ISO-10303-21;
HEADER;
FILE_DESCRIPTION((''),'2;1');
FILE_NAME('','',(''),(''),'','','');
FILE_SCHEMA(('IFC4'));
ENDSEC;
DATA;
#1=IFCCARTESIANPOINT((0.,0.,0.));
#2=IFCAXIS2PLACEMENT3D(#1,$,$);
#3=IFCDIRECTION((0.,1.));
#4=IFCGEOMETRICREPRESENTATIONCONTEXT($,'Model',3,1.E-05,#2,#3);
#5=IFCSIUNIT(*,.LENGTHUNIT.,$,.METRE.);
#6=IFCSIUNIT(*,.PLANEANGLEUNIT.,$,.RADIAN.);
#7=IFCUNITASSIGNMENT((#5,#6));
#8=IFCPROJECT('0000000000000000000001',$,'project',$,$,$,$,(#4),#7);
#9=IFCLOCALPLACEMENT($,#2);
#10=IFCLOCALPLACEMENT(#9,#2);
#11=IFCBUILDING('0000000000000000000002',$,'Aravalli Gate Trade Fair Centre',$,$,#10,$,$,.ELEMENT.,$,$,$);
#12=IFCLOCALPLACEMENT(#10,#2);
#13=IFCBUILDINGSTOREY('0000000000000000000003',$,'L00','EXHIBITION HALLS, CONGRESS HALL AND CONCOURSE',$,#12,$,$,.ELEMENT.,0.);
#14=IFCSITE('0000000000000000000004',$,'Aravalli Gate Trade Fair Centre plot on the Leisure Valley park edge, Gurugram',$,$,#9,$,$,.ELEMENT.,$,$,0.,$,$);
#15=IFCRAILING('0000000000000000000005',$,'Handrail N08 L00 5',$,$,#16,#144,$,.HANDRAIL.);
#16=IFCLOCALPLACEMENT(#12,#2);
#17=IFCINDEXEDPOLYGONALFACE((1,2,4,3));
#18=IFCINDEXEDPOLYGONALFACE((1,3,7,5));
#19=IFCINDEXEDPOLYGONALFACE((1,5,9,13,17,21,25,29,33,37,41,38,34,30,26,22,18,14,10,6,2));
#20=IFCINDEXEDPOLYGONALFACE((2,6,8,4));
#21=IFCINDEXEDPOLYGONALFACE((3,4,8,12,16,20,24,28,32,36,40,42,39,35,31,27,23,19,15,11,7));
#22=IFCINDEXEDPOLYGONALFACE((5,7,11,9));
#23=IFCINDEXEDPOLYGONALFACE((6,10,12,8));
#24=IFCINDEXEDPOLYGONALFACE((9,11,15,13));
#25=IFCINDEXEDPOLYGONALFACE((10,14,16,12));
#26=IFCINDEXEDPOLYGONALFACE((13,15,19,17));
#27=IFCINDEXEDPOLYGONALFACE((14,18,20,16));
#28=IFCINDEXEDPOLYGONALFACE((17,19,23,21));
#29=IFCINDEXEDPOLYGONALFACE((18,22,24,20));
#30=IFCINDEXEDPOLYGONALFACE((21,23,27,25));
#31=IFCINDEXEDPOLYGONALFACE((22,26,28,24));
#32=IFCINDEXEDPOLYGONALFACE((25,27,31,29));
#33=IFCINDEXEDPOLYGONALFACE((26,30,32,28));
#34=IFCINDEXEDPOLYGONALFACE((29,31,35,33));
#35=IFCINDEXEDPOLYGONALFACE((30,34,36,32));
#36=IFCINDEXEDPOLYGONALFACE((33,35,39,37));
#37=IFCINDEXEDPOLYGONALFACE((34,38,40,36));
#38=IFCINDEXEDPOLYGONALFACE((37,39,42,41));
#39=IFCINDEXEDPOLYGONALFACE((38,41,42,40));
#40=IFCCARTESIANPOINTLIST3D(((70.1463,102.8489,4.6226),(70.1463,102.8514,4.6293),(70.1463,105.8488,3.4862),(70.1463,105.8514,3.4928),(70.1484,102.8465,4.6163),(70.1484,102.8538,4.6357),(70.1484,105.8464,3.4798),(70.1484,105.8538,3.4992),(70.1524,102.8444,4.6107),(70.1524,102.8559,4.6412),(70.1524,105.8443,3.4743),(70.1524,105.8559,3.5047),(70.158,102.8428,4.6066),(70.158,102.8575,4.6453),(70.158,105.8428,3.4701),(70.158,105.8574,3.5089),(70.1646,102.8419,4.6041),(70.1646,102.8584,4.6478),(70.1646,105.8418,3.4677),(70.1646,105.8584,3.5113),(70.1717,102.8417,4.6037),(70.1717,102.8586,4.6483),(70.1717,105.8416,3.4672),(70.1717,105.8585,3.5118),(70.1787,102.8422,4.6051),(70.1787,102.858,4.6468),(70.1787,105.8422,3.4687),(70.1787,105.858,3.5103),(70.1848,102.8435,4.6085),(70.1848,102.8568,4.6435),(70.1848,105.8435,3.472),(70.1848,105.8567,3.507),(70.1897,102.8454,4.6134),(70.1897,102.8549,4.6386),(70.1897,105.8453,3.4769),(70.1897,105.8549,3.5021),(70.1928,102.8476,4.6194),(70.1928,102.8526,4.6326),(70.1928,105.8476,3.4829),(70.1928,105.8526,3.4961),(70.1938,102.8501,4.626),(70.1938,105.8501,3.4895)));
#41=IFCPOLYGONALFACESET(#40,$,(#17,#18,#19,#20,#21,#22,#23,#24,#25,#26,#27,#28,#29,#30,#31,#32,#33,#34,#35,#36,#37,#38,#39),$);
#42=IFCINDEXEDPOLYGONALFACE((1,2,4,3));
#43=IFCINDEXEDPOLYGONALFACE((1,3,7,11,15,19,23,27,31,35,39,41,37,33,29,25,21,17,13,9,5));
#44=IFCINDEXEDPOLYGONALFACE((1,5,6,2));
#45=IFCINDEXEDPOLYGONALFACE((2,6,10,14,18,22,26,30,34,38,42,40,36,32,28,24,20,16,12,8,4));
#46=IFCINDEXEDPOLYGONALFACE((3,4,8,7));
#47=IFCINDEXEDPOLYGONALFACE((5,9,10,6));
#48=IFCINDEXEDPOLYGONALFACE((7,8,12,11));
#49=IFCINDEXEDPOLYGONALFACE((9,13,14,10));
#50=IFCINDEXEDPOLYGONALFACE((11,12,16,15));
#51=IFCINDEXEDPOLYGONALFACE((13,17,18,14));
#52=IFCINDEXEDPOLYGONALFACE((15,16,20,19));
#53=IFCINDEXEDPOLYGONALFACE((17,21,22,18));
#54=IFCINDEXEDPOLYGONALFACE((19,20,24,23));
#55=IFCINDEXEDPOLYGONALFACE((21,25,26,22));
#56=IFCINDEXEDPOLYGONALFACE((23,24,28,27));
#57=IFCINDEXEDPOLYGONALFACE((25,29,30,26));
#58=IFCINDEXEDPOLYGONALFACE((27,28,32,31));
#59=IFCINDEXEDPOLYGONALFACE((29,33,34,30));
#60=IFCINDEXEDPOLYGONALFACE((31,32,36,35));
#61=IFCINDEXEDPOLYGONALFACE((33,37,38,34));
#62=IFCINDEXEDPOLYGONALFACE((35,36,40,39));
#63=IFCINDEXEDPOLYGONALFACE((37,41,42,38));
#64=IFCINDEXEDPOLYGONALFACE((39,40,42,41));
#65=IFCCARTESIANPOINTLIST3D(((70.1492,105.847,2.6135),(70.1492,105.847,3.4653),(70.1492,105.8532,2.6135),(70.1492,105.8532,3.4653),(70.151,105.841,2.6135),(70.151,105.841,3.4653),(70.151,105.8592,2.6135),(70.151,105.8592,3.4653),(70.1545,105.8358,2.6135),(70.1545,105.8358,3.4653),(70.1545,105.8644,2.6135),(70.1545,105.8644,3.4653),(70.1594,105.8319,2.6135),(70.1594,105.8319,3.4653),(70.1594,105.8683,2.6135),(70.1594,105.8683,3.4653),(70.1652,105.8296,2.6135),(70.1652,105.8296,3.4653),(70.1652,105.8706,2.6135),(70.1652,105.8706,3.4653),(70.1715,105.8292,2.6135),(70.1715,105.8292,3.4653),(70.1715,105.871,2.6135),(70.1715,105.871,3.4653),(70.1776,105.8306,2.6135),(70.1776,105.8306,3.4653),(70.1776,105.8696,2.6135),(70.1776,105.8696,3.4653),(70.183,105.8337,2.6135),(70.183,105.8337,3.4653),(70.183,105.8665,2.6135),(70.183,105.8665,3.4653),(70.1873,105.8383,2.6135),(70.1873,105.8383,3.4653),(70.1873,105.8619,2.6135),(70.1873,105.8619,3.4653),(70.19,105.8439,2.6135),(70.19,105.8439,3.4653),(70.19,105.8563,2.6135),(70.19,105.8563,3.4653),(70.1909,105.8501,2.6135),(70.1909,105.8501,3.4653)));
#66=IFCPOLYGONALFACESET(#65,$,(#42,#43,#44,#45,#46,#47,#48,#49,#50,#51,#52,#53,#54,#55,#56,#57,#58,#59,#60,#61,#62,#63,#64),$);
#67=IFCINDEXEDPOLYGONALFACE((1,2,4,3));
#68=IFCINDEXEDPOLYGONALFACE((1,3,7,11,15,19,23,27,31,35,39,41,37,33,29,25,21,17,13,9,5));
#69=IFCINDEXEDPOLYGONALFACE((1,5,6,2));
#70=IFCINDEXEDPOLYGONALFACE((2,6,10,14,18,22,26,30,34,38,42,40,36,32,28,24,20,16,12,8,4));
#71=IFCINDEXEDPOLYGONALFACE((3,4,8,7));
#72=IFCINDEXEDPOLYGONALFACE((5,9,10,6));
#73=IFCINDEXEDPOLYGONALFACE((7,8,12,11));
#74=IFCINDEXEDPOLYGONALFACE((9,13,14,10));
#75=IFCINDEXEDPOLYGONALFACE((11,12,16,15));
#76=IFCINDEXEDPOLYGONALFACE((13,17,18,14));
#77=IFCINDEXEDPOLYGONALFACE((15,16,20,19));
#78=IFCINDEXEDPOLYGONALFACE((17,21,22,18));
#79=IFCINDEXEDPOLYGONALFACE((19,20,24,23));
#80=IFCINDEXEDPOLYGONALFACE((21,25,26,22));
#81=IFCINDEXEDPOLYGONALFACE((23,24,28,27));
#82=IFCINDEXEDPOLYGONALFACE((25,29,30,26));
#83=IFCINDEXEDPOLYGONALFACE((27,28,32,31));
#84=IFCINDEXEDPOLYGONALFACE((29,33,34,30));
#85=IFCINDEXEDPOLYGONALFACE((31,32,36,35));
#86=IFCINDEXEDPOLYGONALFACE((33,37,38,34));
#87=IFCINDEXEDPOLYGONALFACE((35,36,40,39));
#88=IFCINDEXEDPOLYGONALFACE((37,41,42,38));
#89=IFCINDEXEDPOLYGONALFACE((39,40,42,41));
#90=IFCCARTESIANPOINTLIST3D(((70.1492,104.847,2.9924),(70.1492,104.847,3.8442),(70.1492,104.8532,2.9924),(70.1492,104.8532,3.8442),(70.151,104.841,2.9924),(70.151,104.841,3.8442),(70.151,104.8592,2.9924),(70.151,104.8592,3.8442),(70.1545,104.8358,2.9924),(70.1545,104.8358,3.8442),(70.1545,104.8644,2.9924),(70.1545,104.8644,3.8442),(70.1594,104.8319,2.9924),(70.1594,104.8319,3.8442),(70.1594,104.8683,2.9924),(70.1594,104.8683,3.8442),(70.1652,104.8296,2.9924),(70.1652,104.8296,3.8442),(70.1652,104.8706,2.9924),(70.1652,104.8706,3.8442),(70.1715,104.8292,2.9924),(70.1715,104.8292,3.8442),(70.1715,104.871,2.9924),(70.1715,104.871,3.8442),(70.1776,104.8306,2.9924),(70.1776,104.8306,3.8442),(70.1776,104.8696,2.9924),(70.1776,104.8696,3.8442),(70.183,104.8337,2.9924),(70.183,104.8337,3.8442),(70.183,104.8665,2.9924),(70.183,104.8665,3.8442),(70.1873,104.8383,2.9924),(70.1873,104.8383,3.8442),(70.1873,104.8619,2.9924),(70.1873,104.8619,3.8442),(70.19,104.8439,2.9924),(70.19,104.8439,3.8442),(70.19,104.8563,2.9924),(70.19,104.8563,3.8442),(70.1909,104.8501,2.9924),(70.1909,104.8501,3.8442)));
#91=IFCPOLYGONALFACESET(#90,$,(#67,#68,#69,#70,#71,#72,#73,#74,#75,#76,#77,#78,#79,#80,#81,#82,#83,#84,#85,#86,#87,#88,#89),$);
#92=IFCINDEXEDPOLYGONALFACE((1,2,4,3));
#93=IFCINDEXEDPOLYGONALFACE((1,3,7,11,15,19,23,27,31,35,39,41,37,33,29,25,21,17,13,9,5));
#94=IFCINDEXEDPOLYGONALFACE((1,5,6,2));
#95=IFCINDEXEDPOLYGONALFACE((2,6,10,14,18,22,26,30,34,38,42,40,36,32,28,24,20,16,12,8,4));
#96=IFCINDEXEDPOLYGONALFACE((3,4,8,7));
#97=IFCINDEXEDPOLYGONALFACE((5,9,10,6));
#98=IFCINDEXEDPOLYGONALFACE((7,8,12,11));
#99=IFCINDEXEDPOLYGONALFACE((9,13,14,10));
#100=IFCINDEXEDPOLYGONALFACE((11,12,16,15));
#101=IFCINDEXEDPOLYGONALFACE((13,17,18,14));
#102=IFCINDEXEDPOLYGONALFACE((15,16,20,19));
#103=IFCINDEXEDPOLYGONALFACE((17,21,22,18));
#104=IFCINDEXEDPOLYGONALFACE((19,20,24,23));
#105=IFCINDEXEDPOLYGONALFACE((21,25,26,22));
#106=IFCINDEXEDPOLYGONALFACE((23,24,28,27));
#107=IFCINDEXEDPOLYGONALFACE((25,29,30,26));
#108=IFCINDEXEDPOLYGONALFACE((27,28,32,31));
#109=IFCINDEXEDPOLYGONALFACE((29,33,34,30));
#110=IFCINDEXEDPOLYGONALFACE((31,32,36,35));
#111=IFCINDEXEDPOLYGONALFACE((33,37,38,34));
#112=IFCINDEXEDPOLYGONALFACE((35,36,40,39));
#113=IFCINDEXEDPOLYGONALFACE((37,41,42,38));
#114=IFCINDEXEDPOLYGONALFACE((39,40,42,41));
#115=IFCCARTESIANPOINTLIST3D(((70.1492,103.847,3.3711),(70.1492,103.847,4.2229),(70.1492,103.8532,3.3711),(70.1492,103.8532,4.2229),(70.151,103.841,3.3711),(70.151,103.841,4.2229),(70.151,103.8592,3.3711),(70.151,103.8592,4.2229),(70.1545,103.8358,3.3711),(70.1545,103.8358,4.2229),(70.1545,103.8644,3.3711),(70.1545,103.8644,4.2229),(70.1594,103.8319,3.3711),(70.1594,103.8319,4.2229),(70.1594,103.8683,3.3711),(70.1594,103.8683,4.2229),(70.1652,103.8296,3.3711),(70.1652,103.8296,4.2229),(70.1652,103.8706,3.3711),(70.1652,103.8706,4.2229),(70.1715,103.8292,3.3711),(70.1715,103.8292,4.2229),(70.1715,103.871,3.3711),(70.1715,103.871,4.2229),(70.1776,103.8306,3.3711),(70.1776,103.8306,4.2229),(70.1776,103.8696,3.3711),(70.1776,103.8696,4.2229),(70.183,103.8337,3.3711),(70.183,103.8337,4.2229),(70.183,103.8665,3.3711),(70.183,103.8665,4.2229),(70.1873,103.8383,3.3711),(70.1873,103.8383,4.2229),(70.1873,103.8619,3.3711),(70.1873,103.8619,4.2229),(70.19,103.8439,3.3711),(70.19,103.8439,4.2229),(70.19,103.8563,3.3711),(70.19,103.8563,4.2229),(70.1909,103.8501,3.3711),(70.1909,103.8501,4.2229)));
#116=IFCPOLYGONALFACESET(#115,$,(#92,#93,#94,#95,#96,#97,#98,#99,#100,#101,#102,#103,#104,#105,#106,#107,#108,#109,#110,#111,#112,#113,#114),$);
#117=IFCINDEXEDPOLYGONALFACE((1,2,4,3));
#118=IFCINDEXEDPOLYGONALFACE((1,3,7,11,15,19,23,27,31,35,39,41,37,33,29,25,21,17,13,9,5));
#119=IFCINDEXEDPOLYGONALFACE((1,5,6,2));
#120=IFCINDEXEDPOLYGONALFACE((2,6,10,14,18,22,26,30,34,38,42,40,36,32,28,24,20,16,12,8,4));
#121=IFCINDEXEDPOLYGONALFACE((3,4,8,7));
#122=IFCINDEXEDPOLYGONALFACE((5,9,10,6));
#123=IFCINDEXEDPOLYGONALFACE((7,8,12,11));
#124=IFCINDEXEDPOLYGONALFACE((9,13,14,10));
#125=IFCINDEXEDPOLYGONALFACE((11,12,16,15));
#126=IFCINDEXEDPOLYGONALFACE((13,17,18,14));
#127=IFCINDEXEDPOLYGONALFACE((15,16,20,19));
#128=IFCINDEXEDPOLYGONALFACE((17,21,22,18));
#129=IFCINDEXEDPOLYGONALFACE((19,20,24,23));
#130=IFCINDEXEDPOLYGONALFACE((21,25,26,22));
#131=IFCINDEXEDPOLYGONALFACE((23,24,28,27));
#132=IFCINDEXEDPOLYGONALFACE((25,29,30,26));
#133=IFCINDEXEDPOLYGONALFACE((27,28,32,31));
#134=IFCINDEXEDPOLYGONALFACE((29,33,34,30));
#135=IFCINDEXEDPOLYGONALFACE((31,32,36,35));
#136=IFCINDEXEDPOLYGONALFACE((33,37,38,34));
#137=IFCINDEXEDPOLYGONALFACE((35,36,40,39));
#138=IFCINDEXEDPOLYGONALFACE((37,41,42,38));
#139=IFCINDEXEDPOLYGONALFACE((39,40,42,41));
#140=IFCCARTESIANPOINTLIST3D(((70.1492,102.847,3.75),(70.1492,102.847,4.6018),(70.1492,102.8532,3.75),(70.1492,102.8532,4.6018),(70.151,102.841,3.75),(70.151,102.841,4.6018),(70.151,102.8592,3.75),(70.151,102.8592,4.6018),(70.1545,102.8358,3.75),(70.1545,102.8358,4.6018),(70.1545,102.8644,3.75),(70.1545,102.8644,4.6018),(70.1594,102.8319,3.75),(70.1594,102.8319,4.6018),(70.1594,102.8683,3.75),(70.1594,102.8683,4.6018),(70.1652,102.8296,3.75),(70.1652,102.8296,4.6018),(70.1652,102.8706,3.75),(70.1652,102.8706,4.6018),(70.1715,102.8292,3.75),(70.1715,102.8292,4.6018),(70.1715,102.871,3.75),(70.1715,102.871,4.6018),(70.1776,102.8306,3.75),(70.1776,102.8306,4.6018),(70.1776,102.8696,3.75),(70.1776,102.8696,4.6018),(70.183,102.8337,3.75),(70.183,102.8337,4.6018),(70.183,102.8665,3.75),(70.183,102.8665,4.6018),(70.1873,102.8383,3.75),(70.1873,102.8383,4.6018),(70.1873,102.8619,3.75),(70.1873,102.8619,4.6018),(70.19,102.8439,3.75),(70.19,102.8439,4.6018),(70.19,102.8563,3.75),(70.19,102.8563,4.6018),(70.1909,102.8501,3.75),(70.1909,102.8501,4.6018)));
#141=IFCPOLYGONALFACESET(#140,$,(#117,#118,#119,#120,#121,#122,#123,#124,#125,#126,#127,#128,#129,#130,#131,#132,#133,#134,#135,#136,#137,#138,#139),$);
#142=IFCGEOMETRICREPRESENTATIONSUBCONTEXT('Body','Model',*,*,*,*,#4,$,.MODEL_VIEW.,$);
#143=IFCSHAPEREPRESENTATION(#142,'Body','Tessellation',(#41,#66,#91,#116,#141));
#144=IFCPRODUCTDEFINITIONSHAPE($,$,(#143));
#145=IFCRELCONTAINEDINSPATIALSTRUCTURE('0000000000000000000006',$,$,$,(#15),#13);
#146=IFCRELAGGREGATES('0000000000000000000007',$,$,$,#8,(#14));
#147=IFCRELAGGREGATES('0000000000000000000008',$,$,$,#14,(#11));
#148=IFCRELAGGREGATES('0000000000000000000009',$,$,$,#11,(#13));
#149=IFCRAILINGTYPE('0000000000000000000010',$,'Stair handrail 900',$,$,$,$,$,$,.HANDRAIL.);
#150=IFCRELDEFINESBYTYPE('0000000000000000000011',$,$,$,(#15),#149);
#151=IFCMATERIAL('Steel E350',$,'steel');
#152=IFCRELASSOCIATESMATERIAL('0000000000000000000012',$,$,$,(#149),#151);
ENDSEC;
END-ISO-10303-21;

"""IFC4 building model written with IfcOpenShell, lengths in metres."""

from ifc_helpers import new_model, si_unit, direction, frame, origin, origin_2d, place, context, subcontext, project, spatial, circle, extrude, material, type_object, element, save


model = new_model("IFC4")

# Units and contexts
model_context = context("Model", 3, precision=1e-05, world=origin(), true_north=direction((0.0, 1.0)))
body_context = subcontext(model_context, "Body", "Model", "MODEL_VIEW")
ifc_project = project(units=[si_unit("LENGTHUNIT", "METRE"), si_unit("PLANEANGLEUNIT", "RADIAN")], contexts=[model_context])

# Site, building, storey
site_placement = place(None, origin())
site = spatial("IfcSite", under=ifc_project, at=site_placement, Name="Aravalli Gate Trade Fair Centre plot on the Leisure Valley park edge, Gurugram", CompositionType="ELEMENT", RefElevation=0.0)
building_placement = place(site_placement, origin())
building = spatial("IfcBuilding", under=site, at=building_placement, Name="Aravalli Gate Trade Fair Centre", CompositionType="ELEMENT")
storey_placement = place(building_placement, origin())
storey = spatial("IfcBuildingStorey", under=building, at=storey_placement, Name="L00", Description="EXHIBITION HALLS, CONGRESS HALL AND CONCOURSE", CompositionType="ELEMENT", Elevation=0.0)

# Shared definitions
ifc_material_1 = material(Name="Steel E350", Category="steel")

# Railing
railing_type = type_object("IfcRailingType", Name="Stair handrail 900", PredefinedType="HANDRAIL", material=ifc_material_1)
for number, where, name in (
    (1, (70.1699, 105.8501, 2.6135), "Handrail N08 L00 5"),
):
    element("IfcRailing", number, at=place(storey_placement, frame(where)), inside=storey, type_object=railing_type, Name=name, PredefinedType="HANDRAIL", context=body_context, shape_type="SweptSolid", body=[
        extrude(circle(Radius=0.0239, at=origin_2d()), frame((0.0, 0.0, 0.876), z_axis=(0.0, -0.935148, 0.354257), x_axis=(1.0, 0.0, 0.0)), (0.0, 0.0, 1.0), 3.208),
        extrude(circle(Radius=0.021, at=origin_2d()), origin(), (0.0, 0.0, 1.0), 0.8518),
        extrude(circle(Radius=0.021, at=origin_2d()), frame((0.0, -1.0, 0.3789)), (0.0, 0.0, 1.0), 0.8518),
        extrude(circle(Radius=0.021, at=origin_2d()), frame((0.0, -2.0, 0.7576)), (0.0, 0.0, 1.0), 0.8518),
        extrude(circle(Radius=0.021, at=origin_2d()), frame((0.0, -3.0, 1.1365)), (0.0, 0.0, 1.0), 0.8518),
    ])

save(model, "model.ifc")
